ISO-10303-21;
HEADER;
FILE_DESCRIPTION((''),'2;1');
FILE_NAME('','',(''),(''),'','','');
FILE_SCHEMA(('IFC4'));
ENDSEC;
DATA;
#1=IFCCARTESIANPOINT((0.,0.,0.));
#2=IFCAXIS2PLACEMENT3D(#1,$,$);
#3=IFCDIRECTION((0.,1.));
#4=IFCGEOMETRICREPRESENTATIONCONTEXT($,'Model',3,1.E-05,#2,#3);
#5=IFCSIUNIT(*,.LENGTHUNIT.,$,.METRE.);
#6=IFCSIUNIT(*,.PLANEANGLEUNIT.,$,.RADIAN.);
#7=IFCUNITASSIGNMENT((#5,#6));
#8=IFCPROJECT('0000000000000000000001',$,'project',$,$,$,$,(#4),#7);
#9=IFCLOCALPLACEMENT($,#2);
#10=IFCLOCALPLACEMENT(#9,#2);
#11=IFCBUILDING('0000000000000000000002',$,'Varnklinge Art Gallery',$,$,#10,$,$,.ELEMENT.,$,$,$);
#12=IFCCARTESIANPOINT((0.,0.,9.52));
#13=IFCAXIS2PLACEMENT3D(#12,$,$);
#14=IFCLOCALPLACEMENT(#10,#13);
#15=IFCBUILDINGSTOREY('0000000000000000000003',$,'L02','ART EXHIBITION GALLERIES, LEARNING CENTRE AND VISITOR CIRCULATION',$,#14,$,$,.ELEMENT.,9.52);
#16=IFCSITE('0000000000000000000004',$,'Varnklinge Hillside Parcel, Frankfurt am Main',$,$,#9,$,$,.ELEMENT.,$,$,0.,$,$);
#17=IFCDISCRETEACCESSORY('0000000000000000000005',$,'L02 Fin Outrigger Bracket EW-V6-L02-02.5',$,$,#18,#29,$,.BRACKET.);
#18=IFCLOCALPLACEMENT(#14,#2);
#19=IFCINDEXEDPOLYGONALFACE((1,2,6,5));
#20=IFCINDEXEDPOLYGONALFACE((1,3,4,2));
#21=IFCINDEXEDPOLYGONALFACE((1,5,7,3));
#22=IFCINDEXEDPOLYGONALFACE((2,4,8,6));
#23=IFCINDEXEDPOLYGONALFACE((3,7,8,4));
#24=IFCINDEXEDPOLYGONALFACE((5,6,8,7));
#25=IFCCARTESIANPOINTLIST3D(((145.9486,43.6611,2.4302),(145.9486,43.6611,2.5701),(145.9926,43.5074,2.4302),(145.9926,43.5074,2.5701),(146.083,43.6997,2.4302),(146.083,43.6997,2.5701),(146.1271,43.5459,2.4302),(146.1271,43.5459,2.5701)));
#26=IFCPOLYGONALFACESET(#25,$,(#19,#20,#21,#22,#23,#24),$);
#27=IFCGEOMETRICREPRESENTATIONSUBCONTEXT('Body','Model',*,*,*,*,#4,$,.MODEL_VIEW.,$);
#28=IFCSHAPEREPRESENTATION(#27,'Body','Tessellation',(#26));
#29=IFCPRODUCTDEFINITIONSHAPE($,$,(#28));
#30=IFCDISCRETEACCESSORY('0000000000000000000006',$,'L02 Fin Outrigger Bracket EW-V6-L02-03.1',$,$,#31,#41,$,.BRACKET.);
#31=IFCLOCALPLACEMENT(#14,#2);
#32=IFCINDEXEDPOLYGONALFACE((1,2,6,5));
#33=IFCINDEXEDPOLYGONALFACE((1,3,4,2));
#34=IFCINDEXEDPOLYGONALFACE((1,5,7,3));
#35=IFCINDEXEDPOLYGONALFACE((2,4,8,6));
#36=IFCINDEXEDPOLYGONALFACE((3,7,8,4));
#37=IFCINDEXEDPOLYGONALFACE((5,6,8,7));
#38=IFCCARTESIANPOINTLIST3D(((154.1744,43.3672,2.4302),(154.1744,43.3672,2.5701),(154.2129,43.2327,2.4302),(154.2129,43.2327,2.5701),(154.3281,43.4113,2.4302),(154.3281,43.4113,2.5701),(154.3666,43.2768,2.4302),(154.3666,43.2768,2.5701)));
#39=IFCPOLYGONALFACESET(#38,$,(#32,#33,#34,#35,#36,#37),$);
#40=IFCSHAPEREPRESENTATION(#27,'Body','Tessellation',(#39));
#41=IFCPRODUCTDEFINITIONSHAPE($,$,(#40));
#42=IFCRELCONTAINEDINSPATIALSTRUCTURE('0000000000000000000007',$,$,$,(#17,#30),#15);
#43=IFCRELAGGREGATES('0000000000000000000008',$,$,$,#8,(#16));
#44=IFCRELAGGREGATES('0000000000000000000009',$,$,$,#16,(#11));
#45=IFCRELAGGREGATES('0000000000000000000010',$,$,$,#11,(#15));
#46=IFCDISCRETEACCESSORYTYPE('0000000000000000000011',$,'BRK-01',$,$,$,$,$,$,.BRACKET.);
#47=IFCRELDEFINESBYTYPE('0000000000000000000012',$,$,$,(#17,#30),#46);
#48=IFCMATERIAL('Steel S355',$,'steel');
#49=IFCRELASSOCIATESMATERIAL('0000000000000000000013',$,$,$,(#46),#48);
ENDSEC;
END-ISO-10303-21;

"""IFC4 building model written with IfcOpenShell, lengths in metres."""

from ifc_helpers import new_model, si_unit, direction, frame, origin, origin_2d, place, context, subcontext, project, spatial, rectangle, extrude, material, type_object, element, save


model = new_model("IFC4")

# Units and contexts
model_context = context("Model", 3, precision=1e-05, world=origin(), true_north=direction((0.0, 1.0)))
body_context = subcontext(model_context, "Body", "Model", "MODEL_VIEW")
ifc_project = project(units=[si_unit("LENGTHUNIT", "METRE"), si_unit("PLANEANGLEUNIT", "RADIAN")], contexts=[model_context])

# Site, building, storey
site_placement = place(None, origin())
site = spatial("IfcSite", under=ifc_project, at=site_placement, Name="Varnklinge Hillside Parcel, Frankfurt am Main", CompositionType="ELEMENT", RefElevation=0.0)
building_placement = place(site_placement, origin())
building = spatial("IfcBuilding", under=site, at=building_placement, Name="Varnklinge Art Gallery", CompositionType="ELEMENT")
storey_placement = place(building_placement, frame((0.0, 0.0, 9.52)))
storey = spatial("IfcBuildingStorey", under=building, at=storey_placement, Name="L02", Description="ART EXHIBITION GALLERIES, LEARNING CENTRE AND VISITOR CIRCULATION", CompositionType="ELEMENT", Elevation=9.52)

# Discrete accessories
ifc_material_1 = material(Name="Steel S355", Category="steel")
discrete_accessory_type = type_object("IfcDiscreteAccessoryType", Name="BRK-01", PredefinedType="BRACKET", material=ifc_material_1)
for number, where, z_axis, x_axis, name in (
    (1, (146.0378, 43.6035, 2.4302), (0.0, 0.0, 1.0), (0.961262, 0.275637, 0.0), "L02 Fin Outrigger Bracket EW-V6-L02-02.5"),
    (2, (154.2705, 43.322, 2.4302), (0.0, 0.0, 1.0), (0.275637, -0.961262, 0.0), "L02 Fin Outrigger Bracket EW-V6-L02-03.1"),
):
    element("IfcDiscreteAccessory", number, at=place(storey_placement, frame(where, z_axis=z_axis, x_axis=x_axis)), inside=storey, type_object=discrete_accessory_type, Name=name, PredefinedType="BRACKET", context=body_context, shape_type="SweptSolid", body=[
        extrude(rectangle(XDim=0.1399, YDim=0.1599, at=origin_2d()), origin(), (0.0, 0.0, 1.0), 0.1399),
    ])

save(model, "model.ifc")
